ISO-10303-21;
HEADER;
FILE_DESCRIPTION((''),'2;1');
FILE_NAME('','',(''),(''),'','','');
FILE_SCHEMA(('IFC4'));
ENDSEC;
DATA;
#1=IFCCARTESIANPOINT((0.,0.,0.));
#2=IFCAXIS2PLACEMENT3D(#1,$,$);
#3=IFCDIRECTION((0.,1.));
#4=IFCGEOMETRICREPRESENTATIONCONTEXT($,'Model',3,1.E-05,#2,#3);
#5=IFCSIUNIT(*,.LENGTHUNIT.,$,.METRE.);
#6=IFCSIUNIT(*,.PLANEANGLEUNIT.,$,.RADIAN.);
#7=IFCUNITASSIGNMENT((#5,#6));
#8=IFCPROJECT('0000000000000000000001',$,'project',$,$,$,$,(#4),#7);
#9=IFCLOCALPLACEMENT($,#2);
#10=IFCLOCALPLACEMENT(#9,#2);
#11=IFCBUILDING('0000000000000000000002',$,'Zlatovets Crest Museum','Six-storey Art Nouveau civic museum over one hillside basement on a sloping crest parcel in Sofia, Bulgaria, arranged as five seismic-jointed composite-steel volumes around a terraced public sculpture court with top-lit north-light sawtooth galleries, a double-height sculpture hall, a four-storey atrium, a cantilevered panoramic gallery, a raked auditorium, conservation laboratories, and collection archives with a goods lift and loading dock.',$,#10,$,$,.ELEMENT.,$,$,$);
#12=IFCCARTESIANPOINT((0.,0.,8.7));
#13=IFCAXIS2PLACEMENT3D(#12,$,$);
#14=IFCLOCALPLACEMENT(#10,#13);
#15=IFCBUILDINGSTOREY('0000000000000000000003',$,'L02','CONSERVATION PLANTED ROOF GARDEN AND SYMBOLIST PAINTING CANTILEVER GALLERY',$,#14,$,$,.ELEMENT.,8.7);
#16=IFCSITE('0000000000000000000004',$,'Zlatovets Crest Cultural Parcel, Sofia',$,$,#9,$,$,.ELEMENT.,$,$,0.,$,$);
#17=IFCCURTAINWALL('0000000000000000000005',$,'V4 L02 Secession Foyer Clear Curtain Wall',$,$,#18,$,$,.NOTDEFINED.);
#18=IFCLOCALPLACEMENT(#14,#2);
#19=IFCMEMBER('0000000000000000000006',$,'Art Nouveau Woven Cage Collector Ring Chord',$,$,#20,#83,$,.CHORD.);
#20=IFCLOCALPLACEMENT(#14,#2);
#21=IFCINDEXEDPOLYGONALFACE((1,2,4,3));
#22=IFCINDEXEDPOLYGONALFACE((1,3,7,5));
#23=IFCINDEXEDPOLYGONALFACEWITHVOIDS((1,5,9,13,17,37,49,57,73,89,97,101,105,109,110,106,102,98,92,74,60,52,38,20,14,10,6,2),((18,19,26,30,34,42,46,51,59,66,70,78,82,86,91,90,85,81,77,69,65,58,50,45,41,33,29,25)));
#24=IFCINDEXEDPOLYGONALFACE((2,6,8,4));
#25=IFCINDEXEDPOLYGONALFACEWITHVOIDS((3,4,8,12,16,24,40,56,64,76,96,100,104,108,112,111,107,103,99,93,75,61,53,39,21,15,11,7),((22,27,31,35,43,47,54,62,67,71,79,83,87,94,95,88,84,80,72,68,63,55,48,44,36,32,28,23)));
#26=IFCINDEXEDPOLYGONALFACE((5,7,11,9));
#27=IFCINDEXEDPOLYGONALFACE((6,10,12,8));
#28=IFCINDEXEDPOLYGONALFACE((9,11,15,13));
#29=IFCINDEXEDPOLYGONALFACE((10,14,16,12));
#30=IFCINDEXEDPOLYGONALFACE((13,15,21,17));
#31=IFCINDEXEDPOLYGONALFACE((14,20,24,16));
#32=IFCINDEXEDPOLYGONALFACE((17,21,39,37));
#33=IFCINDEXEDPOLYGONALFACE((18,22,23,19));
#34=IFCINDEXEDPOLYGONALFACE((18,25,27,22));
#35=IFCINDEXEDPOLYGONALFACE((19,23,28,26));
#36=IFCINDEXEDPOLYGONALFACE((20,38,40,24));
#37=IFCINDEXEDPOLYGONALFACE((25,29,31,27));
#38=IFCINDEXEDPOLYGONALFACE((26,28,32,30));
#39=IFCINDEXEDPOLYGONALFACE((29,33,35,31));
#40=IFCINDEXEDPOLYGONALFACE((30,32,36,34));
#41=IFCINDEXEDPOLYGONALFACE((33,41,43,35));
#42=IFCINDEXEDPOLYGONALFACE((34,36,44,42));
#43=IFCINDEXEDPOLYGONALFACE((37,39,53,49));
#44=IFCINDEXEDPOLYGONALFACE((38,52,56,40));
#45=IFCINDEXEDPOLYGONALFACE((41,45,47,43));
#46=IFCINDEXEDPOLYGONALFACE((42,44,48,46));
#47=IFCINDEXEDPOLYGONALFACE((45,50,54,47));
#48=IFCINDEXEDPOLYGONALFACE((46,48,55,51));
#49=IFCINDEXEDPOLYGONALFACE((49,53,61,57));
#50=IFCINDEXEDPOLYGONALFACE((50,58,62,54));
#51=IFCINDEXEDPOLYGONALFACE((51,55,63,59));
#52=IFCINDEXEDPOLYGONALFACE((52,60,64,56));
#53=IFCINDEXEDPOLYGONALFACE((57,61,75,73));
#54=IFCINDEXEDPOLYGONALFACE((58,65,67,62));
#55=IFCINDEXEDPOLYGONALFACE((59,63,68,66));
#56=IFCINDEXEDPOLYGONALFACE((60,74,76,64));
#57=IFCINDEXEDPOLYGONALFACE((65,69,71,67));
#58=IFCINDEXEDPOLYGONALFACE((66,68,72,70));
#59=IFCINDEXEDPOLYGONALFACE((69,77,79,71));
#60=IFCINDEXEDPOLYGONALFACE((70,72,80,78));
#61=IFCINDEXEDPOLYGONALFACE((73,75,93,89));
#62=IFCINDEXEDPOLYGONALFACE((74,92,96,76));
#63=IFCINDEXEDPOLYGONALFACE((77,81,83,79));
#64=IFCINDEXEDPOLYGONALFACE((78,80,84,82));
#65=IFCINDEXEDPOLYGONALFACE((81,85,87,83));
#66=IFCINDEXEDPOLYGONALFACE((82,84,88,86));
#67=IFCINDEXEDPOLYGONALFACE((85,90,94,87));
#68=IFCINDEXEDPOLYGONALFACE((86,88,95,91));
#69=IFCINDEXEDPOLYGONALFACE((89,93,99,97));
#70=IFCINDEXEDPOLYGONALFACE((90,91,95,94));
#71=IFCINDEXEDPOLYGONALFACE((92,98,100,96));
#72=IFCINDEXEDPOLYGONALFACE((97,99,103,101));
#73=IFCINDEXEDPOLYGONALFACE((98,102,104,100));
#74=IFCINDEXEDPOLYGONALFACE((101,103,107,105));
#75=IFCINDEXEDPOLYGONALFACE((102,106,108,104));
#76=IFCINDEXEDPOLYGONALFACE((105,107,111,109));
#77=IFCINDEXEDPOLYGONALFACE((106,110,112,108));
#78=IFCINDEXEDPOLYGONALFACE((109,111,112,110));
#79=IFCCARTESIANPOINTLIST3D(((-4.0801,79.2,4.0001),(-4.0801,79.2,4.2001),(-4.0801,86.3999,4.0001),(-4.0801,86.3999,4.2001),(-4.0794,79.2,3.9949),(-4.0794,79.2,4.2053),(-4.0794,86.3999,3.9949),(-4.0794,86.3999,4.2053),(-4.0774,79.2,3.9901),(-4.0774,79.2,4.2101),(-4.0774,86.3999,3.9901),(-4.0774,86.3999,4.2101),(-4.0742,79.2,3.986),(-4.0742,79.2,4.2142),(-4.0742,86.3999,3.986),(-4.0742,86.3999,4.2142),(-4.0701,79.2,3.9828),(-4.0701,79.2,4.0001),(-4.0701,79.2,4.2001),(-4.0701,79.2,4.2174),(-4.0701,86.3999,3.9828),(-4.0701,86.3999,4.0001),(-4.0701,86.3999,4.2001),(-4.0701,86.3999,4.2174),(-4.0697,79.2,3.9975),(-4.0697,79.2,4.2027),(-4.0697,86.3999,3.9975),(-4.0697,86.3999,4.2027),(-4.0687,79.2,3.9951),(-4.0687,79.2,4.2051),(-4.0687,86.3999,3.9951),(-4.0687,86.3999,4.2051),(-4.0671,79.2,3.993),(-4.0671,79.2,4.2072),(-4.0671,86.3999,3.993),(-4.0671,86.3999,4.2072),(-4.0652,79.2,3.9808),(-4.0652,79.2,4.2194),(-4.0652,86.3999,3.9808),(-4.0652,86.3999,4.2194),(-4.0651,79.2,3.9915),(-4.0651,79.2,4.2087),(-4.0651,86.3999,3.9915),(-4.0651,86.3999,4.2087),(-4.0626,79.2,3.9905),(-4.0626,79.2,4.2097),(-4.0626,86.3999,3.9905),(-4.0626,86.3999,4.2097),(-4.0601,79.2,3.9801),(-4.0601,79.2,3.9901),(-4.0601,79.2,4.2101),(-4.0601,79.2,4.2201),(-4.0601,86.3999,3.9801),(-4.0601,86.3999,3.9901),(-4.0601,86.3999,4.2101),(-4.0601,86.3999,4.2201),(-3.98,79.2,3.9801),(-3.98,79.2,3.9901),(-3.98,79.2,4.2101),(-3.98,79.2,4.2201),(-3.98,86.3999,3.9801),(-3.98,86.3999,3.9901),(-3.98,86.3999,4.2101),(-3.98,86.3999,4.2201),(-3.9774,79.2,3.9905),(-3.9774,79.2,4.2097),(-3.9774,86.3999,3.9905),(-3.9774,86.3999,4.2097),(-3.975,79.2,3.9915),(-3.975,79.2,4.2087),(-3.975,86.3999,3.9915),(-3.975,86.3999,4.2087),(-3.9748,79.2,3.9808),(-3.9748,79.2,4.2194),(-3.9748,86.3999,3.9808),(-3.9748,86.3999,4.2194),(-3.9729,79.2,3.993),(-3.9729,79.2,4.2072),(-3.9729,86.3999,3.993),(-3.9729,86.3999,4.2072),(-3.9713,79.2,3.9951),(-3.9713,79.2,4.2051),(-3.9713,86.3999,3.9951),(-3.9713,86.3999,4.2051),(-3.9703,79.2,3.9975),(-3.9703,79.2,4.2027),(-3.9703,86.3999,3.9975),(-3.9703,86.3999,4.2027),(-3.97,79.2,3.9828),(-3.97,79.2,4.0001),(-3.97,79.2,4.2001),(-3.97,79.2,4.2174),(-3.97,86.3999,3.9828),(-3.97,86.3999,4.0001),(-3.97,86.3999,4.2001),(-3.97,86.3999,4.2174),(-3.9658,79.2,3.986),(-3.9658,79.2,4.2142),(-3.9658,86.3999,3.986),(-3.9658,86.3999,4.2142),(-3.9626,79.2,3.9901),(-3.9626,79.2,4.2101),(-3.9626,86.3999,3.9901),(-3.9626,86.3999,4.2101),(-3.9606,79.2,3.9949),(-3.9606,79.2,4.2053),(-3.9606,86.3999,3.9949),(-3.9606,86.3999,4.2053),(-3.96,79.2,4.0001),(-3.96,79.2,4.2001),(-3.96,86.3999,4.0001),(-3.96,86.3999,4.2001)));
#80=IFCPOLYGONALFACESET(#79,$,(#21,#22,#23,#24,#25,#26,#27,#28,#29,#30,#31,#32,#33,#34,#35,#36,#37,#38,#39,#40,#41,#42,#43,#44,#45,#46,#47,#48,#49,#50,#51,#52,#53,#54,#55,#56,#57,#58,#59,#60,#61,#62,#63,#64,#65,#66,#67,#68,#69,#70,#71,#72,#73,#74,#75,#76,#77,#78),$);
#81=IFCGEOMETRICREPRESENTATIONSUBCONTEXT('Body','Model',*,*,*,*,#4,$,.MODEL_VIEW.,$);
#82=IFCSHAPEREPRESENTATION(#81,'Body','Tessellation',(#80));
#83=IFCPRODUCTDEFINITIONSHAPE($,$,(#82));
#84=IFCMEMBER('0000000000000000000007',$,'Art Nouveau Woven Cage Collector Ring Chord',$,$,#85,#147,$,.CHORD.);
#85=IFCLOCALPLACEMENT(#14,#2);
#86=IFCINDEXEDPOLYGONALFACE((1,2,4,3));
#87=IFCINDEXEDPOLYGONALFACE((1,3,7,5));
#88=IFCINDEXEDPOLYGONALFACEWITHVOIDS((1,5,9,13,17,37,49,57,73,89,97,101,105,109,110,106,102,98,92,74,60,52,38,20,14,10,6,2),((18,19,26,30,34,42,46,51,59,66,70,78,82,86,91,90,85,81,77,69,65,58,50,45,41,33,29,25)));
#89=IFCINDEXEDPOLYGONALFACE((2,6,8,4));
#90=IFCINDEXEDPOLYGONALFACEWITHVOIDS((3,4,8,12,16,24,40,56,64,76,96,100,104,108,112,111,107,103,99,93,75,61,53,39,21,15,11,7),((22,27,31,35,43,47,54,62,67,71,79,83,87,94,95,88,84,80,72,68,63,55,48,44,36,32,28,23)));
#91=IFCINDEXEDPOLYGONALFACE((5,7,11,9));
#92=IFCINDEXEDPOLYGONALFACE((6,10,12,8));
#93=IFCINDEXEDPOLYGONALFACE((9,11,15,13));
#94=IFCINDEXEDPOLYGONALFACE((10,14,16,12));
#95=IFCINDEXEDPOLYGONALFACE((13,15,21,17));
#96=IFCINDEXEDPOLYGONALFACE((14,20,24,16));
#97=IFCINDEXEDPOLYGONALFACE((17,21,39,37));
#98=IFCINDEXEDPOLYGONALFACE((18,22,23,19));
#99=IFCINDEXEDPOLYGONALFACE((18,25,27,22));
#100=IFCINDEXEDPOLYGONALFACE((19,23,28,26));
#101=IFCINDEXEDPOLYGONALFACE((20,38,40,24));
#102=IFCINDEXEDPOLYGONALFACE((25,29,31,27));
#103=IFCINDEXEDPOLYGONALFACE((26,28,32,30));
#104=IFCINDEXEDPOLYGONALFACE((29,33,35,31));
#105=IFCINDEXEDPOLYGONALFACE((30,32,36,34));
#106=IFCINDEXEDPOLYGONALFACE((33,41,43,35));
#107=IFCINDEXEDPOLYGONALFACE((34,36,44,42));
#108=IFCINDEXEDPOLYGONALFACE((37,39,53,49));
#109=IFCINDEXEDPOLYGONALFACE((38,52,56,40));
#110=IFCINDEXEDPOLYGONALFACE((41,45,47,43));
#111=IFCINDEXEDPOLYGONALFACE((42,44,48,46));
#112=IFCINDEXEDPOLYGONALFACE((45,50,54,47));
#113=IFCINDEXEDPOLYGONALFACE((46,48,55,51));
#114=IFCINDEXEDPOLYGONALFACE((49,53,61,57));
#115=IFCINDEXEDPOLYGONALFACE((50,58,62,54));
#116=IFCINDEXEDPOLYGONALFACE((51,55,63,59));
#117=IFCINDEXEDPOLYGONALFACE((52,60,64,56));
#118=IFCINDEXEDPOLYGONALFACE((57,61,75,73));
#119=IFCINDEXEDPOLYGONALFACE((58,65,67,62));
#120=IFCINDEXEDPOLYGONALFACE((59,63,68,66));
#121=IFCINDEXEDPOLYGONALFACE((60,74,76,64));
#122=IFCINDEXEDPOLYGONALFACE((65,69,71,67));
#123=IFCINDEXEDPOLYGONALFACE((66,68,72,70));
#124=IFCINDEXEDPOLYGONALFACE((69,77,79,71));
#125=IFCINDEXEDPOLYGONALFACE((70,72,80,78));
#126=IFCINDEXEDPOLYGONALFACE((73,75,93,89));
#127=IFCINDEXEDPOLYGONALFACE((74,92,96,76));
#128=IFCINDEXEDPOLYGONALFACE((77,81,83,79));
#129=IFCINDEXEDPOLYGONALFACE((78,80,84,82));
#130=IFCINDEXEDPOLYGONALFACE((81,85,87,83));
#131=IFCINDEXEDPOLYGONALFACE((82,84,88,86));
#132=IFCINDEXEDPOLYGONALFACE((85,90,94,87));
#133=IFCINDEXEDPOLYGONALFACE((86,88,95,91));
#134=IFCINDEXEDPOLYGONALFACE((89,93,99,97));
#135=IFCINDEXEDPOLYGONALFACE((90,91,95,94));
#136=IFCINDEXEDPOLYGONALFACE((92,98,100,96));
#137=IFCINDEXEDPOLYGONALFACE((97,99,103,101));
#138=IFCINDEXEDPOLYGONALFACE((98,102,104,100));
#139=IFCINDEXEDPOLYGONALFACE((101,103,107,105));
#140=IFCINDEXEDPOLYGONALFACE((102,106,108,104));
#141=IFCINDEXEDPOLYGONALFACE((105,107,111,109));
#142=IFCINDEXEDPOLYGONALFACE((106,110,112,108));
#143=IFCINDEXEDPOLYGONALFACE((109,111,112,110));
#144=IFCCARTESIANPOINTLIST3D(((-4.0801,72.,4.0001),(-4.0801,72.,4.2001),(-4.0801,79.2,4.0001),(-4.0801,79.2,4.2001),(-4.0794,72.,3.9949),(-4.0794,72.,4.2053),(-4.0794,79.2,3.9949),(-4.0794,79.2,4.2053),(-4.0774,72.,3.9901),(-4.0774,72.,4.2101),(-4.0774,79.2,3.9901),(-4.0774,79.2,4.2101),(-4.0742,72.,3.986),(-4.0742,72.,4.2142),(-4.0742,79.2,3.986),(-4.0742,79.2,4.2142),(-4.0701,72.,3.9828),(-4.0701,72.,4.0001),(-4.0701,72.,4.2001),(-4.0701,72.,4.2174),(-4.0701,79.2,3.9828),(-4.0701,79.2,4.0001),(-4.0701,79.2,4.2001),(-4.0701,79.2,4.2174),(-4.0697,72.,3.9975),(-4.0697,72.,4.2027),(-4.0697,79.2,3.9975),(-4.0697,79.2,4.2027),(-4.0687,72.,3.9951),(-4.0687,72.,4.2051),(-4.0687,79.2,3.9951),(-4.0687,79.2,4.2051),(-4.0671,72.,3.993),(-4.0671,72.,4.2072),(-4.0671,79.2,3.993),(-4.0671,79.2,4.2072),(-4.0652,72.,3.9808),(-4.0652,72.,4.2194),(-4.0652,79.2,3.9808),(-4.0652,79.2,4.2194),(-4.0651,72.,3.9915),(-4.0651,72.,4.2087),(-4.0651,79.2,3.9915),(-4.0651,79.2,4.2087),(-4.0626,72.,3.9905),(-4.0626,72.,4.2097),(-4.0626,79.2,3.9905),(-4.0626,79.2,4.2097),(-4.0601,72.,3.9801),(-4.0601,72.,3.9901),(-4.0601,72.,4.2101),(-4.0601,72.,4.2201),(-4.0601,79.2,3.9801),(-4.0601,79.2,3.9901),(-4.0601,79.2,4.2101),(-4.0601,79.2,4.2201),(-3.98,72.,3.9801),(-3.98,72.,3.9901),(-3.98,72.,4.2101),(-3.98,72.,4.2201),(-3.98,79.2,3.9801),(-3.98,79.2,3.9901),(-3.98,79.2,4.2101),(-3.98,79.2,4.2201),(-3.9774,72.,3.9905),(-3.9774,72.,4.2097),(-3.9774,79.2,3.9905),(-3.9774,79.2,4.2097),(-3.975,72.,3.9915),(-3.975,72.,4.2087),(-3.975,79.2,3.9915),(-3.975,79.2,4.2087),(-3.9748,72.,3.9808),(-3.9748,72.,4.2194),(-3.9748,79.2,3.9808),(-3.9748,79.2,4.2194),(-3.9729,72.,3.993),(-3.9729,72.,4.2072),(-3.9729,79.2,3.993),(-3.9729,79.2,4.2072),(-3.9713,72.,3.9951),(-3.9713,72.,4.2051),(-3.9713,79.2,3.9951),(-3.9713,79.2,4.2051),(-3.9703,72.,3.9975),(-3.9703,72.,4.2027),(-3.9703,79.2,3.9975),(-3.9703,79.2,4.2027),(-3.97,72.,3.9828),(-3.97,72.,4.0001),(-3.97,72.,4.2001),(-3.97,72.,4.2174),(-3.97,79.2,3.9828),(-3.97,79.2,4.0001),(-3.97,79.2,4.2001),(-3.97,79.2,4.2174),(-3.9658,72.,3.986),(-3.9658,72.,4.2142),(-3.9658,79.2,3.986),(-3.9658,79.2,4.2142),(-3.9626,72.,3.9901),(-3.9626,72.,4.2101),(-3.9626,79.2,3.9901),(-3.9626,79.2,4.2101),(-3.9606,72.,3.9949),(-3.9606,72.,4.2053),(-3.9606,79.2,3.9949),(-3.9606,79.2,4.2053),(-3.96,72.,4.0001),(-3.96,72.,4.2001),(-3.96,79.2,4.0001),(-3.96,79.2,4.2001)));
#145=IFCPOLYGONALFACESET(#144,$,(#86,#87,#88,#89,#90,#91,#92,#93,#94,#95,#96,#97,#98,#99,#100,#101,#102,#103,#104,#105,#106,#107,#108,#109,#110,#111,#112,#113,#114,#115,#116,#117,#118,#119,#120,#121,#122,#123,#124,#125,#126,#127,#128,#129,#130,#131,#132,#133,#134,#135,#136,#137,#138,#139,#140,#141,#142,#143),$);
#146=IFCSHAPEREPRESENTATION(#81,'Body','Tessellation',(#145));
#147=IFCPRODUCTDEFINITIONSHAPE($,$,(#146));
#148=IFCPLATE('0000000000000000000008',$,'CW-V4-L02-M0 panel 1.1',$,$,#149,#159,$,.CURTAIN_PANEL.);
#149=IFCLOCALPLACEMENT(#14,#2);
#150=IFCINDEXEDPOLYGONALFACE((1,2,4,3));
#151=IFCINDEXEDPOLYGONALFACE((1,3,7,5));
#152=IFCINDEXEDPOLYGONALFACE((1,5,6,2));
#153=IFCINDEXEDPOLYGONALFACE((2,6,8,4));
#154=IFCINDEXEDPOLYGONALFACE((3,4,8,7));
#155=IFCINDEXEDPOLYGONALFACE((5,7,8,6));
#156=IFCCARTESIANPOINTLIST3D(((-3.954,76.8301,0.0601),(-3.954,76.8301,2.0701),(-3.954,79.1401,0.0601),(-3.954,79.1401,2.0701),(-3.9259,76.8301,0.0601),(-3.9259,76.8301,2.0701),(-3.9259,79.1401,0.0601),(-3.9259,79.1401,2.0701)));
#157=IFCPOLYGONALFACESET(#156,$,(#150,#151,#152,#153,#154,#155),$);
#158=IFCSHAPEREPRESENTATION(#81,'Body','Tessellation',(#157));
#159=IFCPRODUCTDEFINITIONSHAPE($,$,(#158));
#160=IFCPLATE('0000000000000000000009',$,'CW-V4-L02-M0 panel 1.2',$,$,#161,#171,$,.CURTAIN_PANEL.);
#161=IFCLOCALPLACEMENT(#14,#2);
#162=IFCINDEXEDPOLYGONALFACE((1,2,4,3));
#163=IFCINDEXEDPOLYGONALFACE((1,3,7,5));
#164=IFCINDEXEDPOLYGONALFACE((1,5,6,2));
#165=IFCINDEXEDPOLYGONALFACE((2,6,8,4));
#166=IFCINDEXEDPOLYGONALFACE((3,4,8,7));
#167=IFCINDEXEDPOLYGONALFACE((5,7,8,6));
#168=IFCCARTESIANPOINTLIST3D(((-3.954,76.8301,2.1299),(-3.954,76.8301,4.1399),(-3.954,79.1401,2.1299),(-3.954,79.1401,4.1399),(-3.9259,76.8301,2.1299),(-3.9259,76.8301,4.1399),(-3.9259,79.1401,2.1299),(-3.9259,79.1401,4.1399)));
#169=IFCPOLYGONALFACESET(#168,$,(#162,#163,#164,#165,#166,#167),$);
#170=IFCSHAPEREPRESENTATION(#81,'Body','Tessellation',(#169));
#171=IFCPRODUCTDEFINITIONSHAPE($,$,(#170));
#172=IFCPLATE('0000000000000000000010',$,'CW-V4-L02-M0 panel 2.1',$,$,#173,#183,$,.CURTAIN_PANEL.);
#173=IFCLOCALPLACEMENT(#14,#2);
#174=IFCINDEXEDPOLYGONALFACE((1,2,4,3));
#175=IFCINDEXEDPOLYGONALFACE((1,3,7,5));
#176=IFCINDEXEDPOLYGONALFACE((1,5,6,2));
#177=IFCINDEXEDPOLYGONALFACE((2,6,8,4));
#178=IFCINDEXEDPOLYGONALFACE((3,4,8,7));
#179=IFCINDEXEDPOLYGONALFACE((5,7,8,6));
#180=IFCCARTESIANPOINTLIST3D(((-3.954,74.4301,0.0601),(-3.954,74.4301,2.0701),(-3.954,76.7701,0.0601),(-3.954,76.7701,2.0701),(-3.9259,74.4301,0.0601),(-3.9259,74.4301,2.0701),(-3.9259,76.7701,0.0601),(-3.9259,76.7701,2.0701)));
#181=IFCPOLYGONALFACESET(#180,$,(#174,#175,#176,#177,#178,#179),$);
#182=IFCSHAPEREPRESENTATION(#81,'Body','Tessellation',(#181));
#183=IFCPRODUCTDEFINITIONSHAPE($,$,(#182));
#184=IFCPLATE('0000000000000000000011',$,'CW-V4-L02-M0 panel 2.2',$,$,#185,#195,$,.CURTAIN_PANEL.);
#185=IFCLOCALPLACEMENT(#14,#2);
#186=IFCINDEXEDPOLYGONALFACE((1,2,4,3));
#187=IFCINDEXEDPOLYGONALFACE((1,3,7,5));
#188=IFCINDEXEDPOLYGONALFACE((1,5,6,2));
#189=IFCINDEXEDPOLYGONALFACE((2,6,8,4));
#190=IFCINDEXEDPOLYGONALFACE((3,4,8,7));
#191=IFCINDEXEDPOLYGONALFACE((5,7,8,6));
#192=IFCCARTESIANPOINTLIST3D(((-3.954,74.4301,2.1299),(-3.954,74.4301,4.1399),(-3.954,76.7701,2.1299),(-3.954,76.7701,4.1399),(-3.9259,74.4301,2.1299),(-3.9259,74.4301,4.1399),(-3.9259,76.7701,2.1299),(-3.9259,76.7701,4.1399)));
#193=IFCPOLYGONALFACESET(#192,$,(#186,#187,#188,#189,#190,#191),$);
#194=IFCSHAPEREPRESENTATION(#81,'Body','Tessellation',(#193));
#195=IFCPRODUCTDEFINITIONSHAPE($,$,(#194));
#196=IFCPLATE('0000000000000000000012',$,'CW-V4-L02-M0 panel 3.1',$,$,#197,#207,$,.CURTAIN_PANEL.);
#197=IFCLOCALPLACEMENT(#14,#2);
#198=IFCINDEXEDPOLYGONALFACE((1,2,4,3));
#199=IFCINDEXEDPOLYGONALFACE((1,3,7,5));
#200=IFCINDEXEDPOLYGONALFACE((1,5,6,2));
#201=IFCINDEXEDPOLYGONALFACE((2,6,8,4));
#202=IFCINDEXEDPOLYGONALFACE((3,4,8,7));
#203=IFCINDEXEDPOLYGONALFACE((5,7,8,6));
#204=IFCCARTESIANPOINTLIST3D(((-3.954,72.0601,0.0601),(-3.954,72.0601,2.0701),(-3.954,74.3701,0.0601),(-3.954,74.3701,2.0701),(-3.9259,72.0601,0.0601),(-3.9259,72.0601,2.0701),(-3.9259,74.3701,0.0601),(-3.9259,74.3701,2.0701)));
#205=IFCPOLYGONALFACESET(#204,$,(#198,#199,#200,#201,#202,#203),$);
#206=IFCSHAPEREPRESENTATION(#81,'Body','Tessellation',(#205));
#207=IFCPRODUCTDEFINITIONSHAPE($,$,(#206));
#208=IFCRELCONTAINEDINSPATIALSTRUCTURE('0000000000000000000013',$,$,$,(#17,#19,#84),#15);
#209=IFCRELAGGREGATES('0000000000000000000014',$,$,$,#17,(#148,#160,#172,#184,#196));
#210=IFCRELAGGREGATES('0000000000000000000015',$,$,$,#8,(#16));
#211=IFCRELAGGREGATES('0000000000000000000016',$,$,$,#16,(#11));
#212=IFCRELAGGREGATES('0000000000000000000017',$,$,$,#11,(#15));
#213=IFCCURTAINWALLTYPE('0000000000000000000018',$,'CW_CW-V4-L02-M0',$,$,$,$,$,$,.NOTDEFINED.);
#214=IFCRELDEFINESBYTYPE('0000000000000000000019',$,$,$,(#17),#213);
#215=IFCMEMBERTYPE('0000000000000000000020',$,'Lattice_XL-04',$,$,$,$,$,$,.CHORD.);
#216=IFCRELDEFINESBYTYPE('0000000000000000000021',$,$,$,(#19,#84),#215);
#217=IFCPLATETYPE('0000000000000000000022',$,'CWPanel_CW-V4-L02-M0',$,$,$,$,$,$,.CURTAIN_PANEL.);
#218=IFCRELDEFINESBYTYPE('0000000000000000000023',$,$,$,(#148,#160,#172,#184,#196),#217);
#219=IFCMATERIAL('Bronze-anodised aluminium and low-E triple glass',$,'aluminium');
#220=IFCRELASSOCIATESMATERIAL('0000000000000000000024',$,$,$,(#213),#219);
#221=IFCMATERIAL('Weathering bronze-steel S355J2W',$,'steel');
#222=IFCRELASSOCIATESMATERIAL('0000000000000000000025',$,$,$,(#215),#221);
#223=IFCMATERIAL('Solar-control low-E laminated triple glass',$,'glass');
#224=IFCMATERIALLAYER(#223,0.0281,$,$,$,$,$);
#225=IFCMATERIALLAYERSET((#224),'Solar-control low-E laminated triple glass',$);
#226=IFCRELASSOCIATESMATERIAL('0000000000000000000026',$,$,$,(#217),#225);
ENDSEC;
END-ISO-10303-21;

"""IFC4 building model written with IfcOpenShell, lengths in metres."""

from ifc_helpers import new_model, si_unit, direction, frame, origin, origin_2d, place, context, subcontext, project, spatial, rectangle, hollow_rectangle, extrude, material, layer, layer_set, material_profile, profile_set, type_object, element, aggregate, save


model = new_model("IFC4")

# Units and contexts
model_context = context("Model", 3, precision=1e-05, world=origin(), true_north=direction((0.0, 1.0)))
body_context = subcontext(model_context, "Body", "Model", "MODEL_VIEW")
ifc_project = project(units=[si_unit("LENGTHUNIT", "METRE"), si_unit("PLANEANGLEUNIT", "RADIAN")], contexts=[model_context])

# Site, building, storey
site_placement = place(None, origin())
site = spatial("IfcSite", under=ifc_project, at=site_placement, Name="Zlatovets Crest Cultural Parcel, Sofia", CompositionType="ELEMENT", RefElevation=0.0)
building_placement = place(site_placement, origin())
building = spatial("IfcBuilding", under=site, at=building_placement, Name="Zlatovets Crest Museum", Description="Six-storey Art Nouveau civic museum over one hillside basement on a sloping crest parcel in Sofia, Bulgaria, arranged as five seismic-jointed composite-steel volumes around a terraced public sculpture court with top-lit north-light sawtooth galleries, a double-height sculpture hall, a four-storey atrium, a cantilevered panoramic gallery, a raked auditorium, conservation laboratories, and collection archives with a goods lift and loading dock.", CompositionType="ELEMENT")
storey_placement = place(building_placement, frame((0.0, 0.0, 8.7)))
storey = spatial("IfcBuildingStorey", under=building, at=storey_placement, Name="L02", Description="CONSERVATION PLANTED ROOF GARDEN AND SYMBOLIST PAINTING CANTILEVER GALLERY", CompositionType="ELEMENT", Elevation=8.7)

# Shared definitions
ifc_material_1 = material(Name="Bronze-anodised aluminium and low-E triple glass", Category="aluminium")

# Curtain wall
curtain_wall_type_1 = type_object("IfcCurtainWallType", Name="CW_CW-V4-L02-M0", PredefinedType="NOTDEFINED", material=ifc_material_1)
curtain_wall_1_placement = place(storey_placement, origin())
curtain_wall_1 = element("IfcCurtainWall", 1, at=curtain_wall_1_placement, inside=storey, type_object=curtain_wall_type_1, Name="V4 L02 Secession Foyer Clear Curtain Wall", PredefinedType="NOTDEFINED")

# Members
ifc_material_2 = material(Name="Weathering bronze-steel S355J2W", Category="steel")
ifc_material_profile_1 = material_profile(ifc_material_2, hollow_rectangle(XDim=0.1201, YDim=0.24, WallThickness=0.01, InnerFilletRadius=0.01, OuterFilletRadius=0.02, at=origin_2d()), Name="RHS 120x240x10.0")
ifc_profile_set_1 = profile_set([ifc_material_profile_1], Name="Weathering bronze-steel S355J2W")
member_type_1 = type_object("IfcMemberType", Name="Lattice_XL-04", PredefinedType="CHORD", material=ifc_profile_set_1)
for number, where, z_axis, x_axis, name in (
    (2, (-4.02, 86.3999, 4.1001), (0.0, -1.0, 0.0), (1.0, 0.0, 0.0), "Art Nouveau Woven Cage Collector Ring Chord"),
    (3, (-4.02, 79.2, 4.1001), (0.0, -1.0, 0.0), (1.0, 0.0, 0.0), "Art Nouveau Woven Cage Collector Ring Chord"),
):
    element("IfcMember", number, at=place(storey_placement, frame(where, z_axis=z_axis, x_axis=x_axis)), inside=storey, type_object=member_type_1, Name=name, PredefinedType="CHORD", context=body_context, shape_type="SweptSolid", body=[
        extrude(hollow_rectangle(XDim=0.1201, YDim=0.24, WallThickness=0.01, InnerFilletRadius=0.01, OuterFilletRadius=0.02, at=origin_2d()), origin(), (0.0, 0.0, 1.0), 7.2),
    ])

# Plates
ifc_material_3 = material(Name="Solar-control low-E laminated triple glass", Category="glass")
ifc_layer_1 = layer(ifc_material_3, 0.0281)
ifc_layer_set_1 = layer_set([ifc_layer_1], Name="Solar-control low-E laminated triple glass")
plate_type_1 = type_object("IfcPlateType", Name="CWPanel_CW-V4-L02-M0", PredefinedType="CURTAIN_PANEL", material=ifc_layer_set_1)
plate_1_placement = place(storey_placement, frame((-3.9399, 77.9851, 0.0601), z_axis=(0.0, 0.0, 1.0), x_axis=(0.0, -1.0, 0.0)))
plate_1 = element("IfcPlate", 4, at=plate_1_placement, type_object=plate_type_1, Name="CW-V4-L02-M0 panel 1.1", PredefinedType="CURTAIN_PANEL", context=body_context, shape_type="SweptSolid", body=[
    extrude(rectangle(XDim=2.3101, YDim=0.0281, at=origin_2d()), origin(), (0.0, 0.0, 1.0), 2.01),
])
plate_2_placement = place(storey_placement, frame((-3.9399, 77.9851, 2.1299), z_axis=(0.0, 0.0, 1.0), x_axis=(0.0, -1.0, 0.0)))
plate_2 = element("IfcPlate", 5, at=plate_2_placement, type_object=plate_type_1, Name="CW-V4-L02-M0 panel 1.2", PredefinedType="CURTAIN_PANEL", context=body_context, shape_type="SweptSolid", body=[
    extrude(rectangle(XDim=2.3101, YDim=0.0281, at=origin_2d()), origin(), (0.0, 0.0, 1.0), 2.01),
])
plate_3_placement = place(storey_placement, frame((-3.9399, 75.6001, 0.0601), z_axis=(0.0, 0.0, 1.0), x_axis=(0.0, -1.0, 0.0)))
plate_3 = element("IfcPlate", 6, at=plate_3_placement, type_object=plate_type_1, Name="CW-V4-L02-M0 panel 2.1", PredefinedType="CURTAIN_PANEL", context=body_context, shape_type="SweptSolid", body=[
    extrude(rectangle(XDim=2.3401, YDim=0.0281, at=origin_2d()), origin(), (0.0, 0.0, 1.0), 2.01),
])
plate_4_placement = place(storey_placement, frame((-3.9399, 75.6001, 2.1299), z_axis=(0.0, 0.0, 1.0), x_axis=(0.0, -1.0, 0.0)))
plate_4 = element("IfcPlate", 7, at=plate_4_placement, type_object=plate_type_1, Name="CW-V4-L02-M0 panel 2.2", PredefinedType="CURTAIN_PANEL", context=body_context, shape_type="SweptSolid", body=[
    extrude(rectangle(XDim=2.3401, YDim=0.0281, at=origin_2d()), origin(), (0.0, 0.0, 1.0), 2.01),
])
plate_5_placement = place(storey_placement, frame((-3.9399, 73.2151, 0.0601), z_axis=(0.0, 0.0, 1.0), x_axis=(0.0, -1.0, 0.0)))
plate_5 = element("IfcPlate", 8, at=plate_5_placement, type_object=plate_type_1, Name="CW-V4-L02-M0 panel 3.1", PredefinedType="CURTAIN_PANEL", context=body_context, shape_type="SweptSolid", body=[
    extrude(rectangle(XDim=2.3101, YDim=0.0281, at=origin_2d()), origin(), (0.0, 0.0, 1.0), 2.01),
])
aggregate(curtain_wall_1, [plate_1, plate_2, plate_3, plate_4, plate_5])

save(model, "model.ifc")
